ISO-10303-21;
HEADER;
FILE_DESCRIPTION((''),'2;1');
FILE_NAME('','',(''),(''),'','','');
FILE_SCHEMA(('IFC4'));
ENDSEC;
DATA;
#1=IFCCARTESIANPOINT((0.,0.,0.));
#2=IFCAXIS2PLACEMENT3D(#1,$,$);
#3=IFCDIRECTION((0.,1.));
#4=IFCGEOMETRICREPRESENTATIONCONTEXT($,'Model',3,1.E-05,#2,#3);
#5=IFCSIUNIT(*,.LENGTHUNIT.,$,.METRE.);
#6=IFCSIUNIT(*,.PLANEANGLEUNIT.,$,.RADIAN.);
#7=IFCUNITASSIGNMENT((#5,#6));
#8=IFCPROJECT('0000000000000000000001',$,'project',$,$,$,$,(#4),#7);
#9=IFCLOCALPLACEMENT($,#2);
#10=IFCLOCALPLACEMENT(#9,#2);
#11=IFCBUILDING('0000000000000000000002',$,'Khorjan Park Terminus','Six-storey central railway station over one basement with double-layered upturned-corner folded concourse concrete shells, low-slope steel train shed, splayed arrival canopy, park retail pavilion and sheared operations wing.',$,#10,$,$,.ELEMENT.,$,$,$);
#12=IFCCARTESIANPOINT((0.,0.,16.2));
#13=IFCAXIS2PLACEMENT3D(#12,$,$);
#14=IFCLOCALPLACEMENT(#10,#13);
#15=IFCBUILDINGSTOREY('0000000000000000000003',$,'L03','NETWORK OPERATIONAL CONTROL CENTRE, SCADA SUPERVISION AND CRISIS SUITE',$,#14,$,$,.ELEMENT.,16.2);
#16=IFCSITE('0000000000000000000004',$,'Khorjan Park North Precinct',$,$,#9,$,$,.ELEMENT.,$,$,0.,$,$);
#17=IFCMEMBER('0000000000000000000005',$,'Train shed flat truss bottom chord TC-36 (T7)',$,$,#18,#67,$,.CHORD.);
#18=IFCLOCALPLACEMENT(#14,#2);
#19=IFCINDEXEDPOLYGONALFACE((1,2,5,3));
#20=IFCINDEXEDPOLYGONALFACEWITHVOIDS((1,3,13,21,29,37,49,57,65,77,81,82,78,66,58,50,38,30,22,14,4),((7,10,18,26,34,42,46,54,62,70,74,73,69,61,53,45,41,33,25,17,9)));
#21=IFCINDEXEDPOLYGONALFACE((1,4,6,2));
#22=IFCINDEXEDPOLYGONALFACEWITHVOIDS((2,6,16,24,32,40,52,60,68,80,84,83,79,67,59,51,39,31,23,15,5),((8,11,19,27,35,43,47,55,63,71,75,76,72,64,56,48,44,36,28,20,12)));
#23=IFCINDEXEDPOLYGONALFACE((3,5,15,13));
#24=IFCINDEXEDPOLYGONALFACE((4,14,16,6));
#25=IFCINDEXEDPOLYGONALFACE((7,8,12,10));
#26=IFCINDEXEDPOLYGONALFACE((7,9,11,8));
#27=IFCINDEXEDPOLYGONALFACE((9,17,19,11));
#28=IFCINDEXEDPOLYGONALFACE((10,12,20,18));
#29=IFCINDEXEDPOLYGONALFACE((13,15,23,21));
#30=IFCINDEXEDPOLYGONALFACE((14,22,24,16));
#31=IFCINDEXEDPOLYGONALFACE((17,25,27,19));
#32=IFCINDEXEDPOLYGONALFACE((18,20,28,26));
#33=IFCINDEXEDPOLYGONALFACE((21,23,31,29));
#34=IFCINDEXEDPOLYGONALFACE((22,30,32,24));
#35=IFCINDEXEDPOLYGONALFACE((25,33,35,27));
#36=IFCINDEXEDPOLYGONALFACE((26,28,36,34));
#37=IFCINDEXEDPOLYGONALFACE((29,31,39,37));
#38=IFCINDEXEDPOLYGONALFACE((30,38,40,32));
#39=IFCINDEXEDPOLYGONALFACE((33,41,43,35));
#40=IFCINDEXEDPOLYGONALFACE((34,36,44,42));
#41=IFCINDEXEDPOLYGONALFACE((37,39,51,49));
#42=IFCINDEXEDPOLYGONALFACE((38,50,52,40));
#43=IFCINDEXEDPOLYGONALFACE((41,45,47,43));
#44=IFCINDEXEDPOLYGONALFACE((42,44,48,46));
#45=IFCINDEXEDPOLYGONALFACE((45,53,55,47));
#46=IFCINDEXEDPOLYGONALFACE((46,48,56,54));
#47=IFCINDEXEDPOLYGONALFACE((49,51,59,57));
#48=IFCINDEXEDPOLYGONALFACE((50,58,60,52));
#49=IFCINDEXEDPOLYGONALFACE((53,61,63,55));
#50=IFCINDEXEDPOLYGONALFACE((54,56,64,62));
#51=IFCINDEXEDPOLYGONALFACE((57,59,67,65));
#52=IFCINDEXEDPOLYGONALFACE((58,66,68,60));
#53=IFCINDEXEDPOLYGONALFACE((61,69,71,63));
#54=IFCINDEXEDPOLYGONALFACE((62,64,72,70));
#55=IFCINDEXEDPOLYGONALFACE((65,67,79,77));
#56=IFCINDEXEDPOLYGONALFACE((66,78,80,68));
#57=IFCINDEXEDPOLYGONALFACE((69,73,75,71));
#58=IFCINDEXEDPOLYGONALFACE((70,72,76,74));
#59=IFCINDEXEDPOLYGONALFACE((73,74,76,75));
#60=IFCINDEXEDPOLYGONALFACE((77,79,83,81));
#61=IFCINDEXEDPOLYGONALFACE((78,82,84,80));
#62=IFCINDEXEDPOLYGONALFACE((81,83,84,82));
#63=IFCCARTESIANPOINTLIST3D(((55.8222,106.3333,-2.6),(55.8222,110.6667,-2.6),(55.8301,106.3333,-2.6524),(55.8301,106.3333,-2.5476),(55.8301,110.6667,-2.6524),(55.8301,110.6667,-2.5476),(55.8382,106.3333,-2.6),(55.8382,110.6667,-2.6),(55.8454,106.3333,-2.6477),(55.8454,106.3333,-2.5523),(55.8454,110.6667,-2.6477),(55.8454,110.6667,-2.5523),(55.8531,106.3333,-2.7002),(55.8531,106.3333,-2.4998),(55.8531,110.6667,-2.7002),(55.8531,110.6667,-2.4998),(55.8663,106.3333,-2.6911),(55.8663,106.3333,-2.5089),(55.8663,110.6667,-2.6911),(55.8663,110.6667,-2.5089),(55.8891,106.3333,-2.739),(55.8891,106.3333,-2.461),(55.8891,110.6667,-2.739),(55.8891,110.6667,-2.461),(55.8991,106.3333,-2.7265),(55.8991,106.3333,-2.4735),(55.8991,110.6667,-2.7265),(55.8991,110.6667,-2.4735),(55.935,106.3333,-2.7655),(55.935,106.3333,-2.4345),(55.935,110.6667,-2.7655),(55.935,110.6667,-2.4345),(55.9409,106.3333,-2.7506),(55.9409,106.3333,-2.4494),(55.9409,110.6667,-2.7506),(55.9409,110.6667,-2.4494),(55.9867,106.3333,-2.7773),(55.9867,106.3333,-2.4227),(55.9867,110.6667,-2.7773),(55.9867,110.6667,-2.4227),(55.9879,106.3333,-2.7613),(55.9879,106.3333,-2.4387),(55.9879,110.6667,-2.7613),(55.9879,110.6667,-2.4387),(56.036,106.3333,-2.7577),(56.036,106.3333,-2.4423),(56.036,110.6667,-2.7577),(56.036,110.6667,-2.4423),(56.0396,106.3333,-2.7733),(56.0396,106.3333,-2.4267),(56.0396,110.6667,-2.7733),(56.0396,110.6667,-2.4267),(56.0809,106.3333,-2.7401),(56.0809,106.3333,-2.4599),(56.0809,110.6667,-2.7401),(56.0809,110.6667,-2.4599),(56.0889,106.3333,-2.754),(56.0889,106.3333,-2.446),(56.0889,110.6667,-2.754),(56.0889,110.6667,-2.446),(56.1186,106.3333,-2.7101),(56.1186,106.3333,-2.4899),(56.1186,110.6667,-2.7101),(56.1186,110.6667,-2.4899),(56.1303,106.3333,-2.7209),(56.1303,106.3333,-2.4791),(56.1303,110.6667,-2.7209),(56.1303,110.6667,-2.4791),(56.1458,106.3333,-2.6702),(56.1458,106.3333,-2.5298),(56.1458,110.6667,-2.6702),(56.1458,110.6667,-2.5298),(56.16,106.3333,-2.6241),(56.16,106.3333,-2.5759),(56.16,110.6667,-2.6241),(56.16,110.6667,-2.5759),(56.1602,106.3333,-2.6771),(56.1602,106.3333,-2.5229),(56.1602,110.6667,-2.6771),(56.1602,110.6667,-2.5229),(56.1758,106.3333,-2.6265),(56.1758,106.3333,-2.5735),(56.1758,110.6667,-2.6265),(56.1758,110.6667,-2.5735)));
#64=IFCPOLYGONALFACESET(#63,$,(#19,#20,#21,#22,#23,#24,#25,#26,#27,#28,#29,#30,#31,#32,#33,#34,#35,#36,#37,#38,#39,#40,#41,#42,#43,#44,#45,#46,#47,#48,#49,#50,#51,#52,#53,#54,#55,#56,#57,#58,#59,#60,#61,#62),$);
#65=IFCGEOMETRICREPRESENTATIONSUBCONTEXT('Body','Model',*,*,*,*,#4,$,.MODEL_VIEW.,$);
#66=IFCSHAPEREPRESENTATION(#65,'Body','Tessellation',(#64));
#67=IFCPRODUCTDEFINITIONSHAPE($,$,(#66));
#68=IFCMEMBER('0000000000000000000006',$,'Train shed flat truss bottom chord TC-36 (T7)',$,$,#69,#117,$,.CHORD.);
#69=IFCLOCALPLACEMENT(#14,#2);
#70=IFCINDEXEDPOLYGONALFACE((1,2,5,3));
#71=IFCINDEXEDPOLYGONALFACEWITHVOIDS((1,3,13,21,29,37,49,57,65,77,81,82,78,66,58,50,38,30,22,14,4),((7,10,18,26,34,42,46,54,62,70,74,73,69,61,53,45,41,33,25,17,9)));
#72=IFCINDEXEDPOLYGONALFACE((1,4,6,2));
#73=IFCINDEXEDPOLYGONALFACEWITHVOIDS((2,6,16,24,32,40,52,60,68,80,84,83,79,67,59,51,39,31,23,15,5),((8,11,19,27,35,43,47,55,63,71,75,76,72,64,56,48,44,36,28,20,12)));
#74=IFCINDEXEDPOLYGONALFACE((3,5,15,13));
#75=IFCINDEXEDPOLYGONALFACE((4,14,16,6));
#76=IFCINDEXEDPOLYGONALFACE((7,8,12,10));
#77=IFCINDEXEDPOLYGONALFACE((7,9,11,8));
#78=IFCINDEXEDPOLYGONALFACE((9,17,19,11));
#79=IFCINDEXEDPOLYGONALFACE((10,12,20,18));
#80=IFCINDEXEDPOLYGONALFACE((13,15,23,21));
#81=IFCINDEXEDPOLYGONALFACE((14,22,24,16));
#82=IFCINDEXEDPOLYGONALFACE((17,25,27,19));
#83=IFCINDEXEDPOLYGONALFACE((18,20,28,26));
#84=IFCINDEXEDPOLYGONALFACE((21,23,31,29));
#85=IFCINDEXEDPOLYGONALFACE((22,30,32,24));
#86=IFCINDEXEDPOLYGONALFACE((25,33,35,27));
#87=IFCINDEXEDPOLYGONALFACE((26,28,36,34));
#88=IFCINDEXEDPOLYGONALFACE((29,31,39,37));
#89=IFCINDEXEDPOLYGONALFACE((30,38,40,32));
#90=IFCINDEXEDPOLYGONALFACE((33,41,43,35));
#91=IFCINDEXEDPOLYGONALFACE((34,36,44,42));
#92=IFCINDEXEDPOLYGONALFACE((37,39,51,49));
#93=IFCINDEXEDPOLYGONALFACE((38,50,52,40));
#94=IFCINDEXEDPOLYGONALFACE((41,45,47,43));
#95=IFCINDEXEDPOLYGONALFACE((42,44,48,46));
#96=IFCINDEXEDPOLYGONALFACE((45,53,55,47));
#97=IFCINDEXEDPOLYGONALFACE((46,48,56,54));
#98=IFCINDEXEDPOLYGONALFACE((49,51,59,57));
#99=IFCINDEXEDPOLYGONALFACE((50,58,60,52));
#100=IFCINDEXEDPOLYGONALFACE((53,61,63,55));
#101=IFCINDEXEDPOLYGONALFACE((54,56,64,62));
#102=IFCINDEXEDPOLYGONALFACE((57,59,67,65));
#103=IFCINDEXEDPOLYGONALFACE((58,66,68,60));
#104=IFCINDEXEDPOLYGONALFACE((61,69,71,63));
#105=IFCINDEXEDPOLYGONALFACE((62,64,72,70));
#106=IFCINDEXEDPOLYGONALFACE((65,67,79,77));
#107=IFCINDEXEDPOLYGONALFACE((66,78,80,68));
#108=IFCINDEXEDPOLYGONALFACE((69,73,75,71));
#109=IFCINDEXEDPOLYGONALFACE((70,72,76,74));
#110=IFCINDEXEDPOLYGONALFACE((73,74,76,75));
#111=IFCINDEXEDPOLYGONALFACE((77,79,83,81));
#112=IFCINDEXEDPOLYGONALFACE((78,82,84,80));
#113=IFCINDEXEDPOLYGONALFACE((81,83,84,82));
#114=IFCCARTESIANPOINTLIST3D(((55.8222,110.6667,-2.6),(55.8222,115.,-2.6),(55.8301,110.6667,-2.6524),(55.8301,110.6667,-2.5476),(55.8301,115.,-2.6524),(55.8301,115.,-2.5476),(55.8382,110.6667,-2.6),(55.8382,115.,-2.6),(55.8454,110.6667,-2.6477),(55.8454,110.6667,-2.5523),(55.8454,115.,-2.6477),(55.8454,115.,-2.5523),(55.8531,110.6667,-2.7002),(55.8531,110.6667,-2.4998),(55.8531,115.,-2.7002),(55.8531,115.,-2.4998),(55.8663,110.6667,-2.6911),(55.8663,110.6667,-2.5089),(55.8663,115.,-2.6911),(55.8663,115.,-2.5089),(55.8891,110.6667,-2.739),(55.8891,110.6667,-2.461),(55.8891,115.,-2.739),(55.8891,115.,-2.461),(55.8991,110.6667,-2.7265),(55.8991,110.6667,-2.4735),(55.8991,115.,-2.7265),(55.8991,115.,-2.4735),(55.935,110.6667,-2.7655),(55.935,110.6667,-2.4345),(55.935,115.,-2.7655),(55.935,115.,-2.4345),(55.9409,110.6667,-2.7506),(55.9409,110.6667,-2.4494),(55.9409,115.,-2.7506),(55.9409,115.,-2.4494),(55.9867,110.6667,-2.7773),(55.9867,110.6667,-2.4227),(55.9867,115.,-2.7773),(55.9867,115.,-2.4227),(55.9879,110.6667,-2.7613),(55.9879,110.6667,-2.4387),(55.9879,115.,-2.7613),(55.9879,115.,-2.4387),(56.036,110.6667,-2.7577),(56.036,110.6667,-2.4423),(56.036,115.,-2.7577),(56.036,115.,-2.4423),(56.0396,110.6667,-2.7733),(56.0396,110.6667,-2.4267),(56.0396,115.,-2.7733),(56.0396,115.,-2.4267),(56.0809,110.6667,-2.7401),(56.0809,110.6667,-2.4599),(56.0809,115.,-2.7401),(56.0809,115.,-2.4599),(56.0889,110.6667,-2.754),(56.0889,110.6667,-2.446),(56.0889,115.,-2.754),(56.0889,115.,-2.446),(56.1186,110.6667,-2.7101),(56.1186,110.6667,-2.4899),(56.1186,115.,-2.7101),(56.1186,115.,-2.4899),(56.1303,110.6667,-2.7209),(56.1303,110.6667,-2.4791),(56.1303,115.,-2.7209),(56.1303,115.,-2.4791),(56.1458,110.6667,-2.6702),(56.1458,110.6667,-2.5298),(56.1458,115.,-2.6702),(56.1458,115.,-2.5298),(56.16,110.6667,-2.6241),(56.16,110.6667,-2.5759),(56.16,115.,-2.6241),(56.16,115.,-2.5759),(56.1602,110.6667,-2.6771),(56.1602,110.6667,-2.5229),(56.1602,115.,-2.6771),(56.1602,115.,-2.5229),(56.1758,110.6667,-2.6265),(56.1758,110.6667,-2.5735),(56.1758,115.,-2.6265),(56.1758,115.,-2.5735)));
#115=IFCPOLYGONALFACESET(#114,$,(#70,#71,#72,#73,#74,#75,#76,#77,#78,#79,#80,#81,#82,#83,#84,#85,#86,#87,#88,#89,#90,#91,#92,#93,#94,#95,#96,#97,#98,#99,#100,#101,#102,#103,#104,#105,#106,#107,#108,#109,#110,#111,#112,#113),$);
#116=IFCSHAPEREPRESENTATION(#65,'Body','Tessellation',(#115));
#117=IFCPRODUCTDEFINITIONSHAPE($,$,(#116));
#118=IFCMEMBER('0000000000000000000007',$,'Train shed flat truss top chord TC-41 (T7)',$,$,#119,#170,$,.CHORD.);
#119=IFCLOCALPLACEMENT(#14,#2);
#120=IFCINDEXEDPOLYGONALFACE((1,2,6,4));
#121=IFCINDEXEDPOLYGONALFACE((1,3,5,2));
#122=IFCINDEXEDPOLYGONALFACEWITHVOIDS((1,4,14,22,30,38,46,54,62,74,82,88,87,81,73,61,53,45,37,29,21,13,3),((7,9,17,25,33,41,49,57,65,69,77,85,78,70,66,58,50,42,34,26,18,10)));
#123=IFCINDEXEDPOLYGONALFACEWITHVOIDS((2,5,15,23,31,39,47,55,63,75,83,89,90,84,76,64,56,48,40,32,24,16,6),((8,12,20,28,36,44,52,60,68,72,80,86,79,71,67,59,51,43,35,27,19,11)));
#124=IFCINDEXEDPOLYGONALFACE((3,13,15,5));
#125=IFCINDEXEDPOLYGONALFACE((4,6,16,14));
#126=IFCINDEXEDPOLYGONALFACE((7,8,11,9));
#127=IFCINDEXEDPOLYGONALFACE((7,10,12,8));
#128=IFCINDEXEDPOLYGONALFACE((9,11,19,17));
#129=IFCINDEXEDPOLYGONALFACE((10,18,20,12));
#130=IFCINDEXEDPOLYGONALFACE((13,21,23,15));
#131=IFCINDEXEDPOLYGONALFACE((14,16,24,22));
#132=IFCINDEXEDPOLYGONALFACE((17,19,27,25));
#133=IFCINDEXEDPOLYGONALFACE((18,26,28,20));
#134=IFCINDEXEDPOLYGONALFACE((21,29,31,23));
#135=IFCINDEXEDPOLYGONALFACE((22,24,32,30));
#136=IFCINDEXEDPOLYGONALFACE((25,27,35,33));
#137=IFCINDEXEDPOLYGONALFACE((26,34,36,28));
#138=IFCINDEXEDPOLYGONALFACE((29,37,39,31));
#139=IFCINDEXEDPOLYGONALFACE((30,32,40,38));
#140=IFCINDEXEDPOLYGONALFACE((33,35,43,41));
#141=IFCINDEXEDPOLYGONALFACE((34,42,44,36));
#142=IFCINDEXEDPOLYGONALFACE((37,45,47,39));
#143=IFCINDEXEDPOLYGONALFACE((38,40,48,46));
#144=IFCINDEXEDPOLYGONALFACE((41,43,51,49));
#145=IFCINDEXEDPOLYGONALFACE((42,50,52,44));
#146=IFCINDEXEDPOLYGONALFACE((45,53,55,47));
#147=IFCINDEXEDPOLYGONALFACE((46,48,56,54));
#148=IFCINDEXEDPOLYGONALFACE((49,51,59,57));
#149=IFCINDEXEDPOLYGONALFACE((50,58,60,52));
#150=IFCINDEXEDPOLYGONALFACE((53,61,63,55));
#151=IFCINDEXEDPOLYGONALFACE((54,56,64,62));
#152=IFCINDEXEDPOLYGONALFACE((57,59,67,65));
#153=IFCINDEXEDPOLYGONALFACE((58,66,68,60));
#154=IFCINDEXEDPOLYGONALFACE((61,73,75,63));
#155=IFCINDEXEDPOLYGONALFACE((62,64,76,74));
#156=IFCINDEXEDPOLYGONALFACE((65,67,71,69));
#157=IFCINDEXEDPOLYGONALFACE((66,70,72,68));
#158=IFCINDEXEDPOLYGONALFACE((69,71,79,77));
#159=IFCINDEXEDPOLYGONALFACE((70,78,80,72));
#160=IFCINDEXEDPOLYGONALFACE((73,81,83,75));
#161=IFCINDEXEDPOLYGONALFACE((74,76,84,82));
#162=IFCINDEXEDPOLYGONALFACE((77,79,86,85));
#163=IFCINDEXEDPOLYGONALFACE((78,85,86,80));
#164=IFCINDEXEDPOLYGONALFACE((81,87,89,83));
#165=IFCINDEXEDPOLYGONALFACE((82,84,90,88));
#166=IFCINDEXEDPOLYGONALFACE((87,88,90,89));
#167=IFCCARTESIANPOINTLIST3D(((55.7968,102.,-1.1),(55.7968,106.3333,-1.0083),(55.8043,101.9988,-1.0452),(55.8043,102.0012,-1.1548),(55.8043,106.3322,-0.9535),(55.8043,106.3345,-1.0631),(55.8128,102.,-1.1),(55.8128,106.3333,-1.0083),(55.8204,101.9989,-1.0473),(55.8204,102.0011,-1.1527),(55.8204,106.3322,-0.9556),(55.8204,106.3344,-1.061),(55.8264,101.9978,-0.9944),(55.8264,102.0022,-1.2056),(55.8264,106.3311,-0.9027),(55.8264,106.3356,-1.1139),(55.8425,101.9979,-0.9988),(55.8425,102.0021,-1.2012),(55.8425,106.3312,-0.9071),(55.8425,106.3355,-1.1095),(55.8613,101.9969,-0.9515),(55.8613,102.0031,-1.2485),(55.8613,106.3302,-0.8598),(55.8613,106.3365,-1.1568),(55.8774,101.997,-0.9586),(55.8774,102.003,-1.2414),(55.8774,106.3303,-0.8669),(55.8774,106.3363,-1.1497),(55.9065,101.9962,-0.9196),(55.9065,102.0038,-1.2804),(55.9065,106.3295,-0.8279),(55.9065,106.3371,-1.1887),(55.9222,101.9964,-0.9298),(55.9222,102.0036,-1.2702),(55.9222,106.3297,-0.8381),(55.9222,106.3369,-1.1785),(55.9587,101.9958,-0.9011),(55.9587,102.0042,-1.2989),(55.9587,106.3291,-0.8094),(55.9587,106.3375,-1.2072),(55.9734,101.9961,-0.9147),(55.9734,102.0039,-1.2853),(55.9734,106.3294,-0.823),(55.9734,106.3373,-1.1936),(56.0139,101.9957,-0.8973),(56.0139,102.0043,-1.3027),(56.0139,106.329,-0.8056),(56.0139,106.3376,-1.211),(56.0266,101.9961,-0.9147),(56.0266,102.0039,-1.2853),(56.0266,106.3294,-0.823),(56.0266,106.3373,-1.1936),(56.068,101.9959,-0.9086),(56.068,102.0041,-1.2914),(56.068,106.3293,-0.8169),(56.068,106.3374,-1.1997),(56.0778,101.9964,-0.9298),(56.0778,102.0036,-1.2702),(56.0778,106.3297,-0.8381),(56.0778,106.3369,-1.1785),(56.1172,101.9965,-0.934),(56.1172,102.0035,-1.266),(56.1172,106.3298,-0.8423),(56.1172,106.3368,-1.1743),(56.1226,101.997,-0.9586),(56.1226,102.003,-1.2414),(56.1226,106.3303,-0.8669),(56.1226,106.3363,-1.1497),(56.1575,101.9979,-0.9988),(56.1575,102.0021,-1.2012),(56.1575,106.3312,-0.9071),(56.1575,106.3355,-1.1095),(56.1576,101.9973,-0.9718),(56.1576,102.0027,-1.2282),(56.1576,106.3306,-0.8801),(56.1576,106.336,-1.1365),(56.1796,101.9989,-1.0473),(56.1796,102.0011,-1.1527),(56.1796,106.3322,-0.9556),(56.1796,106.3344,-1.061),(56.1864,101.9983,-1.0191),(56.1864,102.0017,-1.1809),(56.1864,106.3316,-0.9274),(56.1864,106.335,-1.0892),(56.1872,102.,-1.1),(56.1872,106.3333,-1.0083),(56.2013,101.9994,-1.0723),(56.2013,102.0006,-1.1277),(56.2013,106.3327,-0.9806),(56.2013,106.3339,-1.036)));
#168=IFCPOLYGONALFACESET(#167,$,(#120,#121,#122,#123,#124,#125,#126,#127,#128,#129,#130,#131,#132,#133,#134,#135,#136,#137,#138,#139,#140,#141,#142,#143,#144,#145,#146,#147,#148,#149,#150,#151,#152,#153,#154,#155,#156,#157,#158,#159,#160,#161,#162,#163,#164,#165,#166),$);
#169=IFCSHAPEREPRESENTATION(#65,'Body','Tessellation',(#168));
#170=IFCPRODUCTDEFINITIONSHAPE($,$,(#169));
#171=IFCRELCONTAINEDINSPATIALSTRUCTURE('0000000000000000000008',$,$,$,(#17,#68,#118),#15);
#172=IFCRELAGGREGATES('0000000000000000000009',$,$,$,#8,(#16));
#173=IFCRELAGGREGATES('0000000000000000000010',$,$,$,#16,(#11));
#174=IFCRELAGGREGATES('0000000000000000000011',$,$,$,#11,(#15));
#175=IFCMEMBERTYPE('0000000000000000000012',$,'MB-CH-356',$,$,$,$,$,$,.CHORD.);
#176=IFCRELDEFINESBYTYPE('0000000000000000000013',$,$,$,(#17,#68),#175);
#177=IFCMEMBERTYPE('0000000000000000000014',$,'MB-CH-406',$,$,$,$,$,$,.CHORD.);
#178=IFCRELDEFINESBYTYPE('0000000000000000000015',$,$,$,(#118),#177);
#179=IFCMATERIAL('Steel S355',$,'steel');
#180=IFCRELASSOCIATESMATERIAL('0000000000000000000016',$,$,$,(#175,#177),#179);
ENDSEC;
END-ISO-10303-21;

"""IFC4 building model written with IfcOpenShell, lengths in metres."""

from ifc_helpers import new_model, si_unit, direction, frame, origin, origin_2d, place, context, subcontext, project, spatial, hollow_circle, extrude, material, material_profile, profile_set, type_object, element, save


model = new_model("IFC4")

# Units and contexts
model_context = context("Model", 3, precision=1e-05, world=origin(), true_north=direction((0.0, 1.0)))
body_context = subcontext(model_context, "Body", "Model", "MODEL_VIEW")
ifc_project = project(units=[si_unit("LENGTHUNIT", "METRE"), si_unit("PLANEANGLEUNIT", "RADIAN")], contexts=[model_context])

# Site, building, storey
site_placement = place(None, origin())
site = spatial("IfcSite", under=ifc_project, at=site_placement, Name="Khorjan Park North Precinct", CompositionType="ELEMENT", RefElevation=0.0)
building_placement = place(site_placement, origin())
building = spatial("IfcBuilding", under=site, at=building_placement, Name="Khorjan Park Terminus", Description="Six-storey central railway station over one basement with double-layered upturned-corner folded concourse concrete shells, low-slope steel train shed, splayed arrival canopy, park retail pavilion and sheared operations wing.", CompositionType="ELEMENT")
storey_placement = place(building_placement, frame((0.0, 0.0, 16.2)))
storey = spatial("IfcBuildingStorey", under=building, at=storey_placement, Name="L03", Description="NETWORK OPERATIONAL CONTROL CENTRE, SCADA SUPERVISION AND CRISIS SUITE", CompositionType="ELEMENT", Elevation=16.2)

# Members
ifc_material = material(Name="Steel S355", Category="steel")
ifc_material_profile_1 = material_profile(ifc_material, hollow_circle(Radius=0.1778, WallThickness=0.016, at=origin_2d()), Name="CHS 355.6x16")
ifc_profile_set_1 = profile_set([ifc_material_profile_1], Name="Steel S355")
member_type_1 = type_object("IfcMemberType", Name="MB-CH-356", PredefinedType="CHORD", material=ifc_profile_set_1)
member_1_placement = place(storey_placement, frame((56.0, 106.3333, -2.6), z_axis=(0.0, 1.0, 0.0), x_axis=(-1.0, 0.0, 0.0)))
element("IfcMember", 1, at=member_1_placement, inside=storey, type_object=member_type_1, Name="Train shed flat truss bottom chord TC-36 (T7)", PredefinedType="CHORD", context=body_context, shape_type="SweptSolid", body=[
    extrude(hollow_circle(Radius=0.1778, WallThickness=0.016, at=origin_2d()), origin(), (0.0, 0.0, 1.0), 4.3334),
])
member_2_placement = place(storey_placement, frame((56.0, 110.6667, -2.6), z_axis=(0.0, 1.0, 0.0), x_axis=(-1.0, 0.0, 0.0)))
element("IfcMember", 2, at=member_2_placement, inside=storey, type_object=member_type_1, Name="Train shed flat truss bottom chord TC-36 (T7)", PredefinedType="CHORD", context=body_context, shape_type="SweptSolid", body=[
    extrude(hollow_circle(Radius=0.1778, WallThickness=0.016, at=origin_2d()), origin(), (0.0, 0.0, 1.0), 4.3333),
])
ifc_material_profile_2 = material_profile(ifc_material, hollow_circle(Radius=0.2032, WallThickness=0.016, at=origin_2d()), Name="CHS 406.4x16")
ifc_profile_set_2 = profile_set([ifc_material_profile_2], Name="Steel S355")
member_type_2 = type_object("IfcMemberType", Name="MB-CH-406", PredefinedType="CHORD", material=ifc_profile_set_2)
member_3_placement = place(storey_placement, frame((56.0, 102.0, -1.1), z_axis=(0.0, 0.999776, 0.021157), x_axis=(-1.0, 0.0, 0.0)))
element("IfcMember", 3, at=member_3_placement, inside=storey, type_object=member_type_2, Name="Train shed flat truss top chord TC-41 (T7)", PredefinedType="CHORD", context=body_context, shape_type="SweptSolid", body=[
    extrude(hollow_circle(Radius=0.2032, WallThickness=0.016, at=origin_2d()), origin(), (0.0, 0.0, 1.0), 4.3343),
])

save(model, "model.ifc")
